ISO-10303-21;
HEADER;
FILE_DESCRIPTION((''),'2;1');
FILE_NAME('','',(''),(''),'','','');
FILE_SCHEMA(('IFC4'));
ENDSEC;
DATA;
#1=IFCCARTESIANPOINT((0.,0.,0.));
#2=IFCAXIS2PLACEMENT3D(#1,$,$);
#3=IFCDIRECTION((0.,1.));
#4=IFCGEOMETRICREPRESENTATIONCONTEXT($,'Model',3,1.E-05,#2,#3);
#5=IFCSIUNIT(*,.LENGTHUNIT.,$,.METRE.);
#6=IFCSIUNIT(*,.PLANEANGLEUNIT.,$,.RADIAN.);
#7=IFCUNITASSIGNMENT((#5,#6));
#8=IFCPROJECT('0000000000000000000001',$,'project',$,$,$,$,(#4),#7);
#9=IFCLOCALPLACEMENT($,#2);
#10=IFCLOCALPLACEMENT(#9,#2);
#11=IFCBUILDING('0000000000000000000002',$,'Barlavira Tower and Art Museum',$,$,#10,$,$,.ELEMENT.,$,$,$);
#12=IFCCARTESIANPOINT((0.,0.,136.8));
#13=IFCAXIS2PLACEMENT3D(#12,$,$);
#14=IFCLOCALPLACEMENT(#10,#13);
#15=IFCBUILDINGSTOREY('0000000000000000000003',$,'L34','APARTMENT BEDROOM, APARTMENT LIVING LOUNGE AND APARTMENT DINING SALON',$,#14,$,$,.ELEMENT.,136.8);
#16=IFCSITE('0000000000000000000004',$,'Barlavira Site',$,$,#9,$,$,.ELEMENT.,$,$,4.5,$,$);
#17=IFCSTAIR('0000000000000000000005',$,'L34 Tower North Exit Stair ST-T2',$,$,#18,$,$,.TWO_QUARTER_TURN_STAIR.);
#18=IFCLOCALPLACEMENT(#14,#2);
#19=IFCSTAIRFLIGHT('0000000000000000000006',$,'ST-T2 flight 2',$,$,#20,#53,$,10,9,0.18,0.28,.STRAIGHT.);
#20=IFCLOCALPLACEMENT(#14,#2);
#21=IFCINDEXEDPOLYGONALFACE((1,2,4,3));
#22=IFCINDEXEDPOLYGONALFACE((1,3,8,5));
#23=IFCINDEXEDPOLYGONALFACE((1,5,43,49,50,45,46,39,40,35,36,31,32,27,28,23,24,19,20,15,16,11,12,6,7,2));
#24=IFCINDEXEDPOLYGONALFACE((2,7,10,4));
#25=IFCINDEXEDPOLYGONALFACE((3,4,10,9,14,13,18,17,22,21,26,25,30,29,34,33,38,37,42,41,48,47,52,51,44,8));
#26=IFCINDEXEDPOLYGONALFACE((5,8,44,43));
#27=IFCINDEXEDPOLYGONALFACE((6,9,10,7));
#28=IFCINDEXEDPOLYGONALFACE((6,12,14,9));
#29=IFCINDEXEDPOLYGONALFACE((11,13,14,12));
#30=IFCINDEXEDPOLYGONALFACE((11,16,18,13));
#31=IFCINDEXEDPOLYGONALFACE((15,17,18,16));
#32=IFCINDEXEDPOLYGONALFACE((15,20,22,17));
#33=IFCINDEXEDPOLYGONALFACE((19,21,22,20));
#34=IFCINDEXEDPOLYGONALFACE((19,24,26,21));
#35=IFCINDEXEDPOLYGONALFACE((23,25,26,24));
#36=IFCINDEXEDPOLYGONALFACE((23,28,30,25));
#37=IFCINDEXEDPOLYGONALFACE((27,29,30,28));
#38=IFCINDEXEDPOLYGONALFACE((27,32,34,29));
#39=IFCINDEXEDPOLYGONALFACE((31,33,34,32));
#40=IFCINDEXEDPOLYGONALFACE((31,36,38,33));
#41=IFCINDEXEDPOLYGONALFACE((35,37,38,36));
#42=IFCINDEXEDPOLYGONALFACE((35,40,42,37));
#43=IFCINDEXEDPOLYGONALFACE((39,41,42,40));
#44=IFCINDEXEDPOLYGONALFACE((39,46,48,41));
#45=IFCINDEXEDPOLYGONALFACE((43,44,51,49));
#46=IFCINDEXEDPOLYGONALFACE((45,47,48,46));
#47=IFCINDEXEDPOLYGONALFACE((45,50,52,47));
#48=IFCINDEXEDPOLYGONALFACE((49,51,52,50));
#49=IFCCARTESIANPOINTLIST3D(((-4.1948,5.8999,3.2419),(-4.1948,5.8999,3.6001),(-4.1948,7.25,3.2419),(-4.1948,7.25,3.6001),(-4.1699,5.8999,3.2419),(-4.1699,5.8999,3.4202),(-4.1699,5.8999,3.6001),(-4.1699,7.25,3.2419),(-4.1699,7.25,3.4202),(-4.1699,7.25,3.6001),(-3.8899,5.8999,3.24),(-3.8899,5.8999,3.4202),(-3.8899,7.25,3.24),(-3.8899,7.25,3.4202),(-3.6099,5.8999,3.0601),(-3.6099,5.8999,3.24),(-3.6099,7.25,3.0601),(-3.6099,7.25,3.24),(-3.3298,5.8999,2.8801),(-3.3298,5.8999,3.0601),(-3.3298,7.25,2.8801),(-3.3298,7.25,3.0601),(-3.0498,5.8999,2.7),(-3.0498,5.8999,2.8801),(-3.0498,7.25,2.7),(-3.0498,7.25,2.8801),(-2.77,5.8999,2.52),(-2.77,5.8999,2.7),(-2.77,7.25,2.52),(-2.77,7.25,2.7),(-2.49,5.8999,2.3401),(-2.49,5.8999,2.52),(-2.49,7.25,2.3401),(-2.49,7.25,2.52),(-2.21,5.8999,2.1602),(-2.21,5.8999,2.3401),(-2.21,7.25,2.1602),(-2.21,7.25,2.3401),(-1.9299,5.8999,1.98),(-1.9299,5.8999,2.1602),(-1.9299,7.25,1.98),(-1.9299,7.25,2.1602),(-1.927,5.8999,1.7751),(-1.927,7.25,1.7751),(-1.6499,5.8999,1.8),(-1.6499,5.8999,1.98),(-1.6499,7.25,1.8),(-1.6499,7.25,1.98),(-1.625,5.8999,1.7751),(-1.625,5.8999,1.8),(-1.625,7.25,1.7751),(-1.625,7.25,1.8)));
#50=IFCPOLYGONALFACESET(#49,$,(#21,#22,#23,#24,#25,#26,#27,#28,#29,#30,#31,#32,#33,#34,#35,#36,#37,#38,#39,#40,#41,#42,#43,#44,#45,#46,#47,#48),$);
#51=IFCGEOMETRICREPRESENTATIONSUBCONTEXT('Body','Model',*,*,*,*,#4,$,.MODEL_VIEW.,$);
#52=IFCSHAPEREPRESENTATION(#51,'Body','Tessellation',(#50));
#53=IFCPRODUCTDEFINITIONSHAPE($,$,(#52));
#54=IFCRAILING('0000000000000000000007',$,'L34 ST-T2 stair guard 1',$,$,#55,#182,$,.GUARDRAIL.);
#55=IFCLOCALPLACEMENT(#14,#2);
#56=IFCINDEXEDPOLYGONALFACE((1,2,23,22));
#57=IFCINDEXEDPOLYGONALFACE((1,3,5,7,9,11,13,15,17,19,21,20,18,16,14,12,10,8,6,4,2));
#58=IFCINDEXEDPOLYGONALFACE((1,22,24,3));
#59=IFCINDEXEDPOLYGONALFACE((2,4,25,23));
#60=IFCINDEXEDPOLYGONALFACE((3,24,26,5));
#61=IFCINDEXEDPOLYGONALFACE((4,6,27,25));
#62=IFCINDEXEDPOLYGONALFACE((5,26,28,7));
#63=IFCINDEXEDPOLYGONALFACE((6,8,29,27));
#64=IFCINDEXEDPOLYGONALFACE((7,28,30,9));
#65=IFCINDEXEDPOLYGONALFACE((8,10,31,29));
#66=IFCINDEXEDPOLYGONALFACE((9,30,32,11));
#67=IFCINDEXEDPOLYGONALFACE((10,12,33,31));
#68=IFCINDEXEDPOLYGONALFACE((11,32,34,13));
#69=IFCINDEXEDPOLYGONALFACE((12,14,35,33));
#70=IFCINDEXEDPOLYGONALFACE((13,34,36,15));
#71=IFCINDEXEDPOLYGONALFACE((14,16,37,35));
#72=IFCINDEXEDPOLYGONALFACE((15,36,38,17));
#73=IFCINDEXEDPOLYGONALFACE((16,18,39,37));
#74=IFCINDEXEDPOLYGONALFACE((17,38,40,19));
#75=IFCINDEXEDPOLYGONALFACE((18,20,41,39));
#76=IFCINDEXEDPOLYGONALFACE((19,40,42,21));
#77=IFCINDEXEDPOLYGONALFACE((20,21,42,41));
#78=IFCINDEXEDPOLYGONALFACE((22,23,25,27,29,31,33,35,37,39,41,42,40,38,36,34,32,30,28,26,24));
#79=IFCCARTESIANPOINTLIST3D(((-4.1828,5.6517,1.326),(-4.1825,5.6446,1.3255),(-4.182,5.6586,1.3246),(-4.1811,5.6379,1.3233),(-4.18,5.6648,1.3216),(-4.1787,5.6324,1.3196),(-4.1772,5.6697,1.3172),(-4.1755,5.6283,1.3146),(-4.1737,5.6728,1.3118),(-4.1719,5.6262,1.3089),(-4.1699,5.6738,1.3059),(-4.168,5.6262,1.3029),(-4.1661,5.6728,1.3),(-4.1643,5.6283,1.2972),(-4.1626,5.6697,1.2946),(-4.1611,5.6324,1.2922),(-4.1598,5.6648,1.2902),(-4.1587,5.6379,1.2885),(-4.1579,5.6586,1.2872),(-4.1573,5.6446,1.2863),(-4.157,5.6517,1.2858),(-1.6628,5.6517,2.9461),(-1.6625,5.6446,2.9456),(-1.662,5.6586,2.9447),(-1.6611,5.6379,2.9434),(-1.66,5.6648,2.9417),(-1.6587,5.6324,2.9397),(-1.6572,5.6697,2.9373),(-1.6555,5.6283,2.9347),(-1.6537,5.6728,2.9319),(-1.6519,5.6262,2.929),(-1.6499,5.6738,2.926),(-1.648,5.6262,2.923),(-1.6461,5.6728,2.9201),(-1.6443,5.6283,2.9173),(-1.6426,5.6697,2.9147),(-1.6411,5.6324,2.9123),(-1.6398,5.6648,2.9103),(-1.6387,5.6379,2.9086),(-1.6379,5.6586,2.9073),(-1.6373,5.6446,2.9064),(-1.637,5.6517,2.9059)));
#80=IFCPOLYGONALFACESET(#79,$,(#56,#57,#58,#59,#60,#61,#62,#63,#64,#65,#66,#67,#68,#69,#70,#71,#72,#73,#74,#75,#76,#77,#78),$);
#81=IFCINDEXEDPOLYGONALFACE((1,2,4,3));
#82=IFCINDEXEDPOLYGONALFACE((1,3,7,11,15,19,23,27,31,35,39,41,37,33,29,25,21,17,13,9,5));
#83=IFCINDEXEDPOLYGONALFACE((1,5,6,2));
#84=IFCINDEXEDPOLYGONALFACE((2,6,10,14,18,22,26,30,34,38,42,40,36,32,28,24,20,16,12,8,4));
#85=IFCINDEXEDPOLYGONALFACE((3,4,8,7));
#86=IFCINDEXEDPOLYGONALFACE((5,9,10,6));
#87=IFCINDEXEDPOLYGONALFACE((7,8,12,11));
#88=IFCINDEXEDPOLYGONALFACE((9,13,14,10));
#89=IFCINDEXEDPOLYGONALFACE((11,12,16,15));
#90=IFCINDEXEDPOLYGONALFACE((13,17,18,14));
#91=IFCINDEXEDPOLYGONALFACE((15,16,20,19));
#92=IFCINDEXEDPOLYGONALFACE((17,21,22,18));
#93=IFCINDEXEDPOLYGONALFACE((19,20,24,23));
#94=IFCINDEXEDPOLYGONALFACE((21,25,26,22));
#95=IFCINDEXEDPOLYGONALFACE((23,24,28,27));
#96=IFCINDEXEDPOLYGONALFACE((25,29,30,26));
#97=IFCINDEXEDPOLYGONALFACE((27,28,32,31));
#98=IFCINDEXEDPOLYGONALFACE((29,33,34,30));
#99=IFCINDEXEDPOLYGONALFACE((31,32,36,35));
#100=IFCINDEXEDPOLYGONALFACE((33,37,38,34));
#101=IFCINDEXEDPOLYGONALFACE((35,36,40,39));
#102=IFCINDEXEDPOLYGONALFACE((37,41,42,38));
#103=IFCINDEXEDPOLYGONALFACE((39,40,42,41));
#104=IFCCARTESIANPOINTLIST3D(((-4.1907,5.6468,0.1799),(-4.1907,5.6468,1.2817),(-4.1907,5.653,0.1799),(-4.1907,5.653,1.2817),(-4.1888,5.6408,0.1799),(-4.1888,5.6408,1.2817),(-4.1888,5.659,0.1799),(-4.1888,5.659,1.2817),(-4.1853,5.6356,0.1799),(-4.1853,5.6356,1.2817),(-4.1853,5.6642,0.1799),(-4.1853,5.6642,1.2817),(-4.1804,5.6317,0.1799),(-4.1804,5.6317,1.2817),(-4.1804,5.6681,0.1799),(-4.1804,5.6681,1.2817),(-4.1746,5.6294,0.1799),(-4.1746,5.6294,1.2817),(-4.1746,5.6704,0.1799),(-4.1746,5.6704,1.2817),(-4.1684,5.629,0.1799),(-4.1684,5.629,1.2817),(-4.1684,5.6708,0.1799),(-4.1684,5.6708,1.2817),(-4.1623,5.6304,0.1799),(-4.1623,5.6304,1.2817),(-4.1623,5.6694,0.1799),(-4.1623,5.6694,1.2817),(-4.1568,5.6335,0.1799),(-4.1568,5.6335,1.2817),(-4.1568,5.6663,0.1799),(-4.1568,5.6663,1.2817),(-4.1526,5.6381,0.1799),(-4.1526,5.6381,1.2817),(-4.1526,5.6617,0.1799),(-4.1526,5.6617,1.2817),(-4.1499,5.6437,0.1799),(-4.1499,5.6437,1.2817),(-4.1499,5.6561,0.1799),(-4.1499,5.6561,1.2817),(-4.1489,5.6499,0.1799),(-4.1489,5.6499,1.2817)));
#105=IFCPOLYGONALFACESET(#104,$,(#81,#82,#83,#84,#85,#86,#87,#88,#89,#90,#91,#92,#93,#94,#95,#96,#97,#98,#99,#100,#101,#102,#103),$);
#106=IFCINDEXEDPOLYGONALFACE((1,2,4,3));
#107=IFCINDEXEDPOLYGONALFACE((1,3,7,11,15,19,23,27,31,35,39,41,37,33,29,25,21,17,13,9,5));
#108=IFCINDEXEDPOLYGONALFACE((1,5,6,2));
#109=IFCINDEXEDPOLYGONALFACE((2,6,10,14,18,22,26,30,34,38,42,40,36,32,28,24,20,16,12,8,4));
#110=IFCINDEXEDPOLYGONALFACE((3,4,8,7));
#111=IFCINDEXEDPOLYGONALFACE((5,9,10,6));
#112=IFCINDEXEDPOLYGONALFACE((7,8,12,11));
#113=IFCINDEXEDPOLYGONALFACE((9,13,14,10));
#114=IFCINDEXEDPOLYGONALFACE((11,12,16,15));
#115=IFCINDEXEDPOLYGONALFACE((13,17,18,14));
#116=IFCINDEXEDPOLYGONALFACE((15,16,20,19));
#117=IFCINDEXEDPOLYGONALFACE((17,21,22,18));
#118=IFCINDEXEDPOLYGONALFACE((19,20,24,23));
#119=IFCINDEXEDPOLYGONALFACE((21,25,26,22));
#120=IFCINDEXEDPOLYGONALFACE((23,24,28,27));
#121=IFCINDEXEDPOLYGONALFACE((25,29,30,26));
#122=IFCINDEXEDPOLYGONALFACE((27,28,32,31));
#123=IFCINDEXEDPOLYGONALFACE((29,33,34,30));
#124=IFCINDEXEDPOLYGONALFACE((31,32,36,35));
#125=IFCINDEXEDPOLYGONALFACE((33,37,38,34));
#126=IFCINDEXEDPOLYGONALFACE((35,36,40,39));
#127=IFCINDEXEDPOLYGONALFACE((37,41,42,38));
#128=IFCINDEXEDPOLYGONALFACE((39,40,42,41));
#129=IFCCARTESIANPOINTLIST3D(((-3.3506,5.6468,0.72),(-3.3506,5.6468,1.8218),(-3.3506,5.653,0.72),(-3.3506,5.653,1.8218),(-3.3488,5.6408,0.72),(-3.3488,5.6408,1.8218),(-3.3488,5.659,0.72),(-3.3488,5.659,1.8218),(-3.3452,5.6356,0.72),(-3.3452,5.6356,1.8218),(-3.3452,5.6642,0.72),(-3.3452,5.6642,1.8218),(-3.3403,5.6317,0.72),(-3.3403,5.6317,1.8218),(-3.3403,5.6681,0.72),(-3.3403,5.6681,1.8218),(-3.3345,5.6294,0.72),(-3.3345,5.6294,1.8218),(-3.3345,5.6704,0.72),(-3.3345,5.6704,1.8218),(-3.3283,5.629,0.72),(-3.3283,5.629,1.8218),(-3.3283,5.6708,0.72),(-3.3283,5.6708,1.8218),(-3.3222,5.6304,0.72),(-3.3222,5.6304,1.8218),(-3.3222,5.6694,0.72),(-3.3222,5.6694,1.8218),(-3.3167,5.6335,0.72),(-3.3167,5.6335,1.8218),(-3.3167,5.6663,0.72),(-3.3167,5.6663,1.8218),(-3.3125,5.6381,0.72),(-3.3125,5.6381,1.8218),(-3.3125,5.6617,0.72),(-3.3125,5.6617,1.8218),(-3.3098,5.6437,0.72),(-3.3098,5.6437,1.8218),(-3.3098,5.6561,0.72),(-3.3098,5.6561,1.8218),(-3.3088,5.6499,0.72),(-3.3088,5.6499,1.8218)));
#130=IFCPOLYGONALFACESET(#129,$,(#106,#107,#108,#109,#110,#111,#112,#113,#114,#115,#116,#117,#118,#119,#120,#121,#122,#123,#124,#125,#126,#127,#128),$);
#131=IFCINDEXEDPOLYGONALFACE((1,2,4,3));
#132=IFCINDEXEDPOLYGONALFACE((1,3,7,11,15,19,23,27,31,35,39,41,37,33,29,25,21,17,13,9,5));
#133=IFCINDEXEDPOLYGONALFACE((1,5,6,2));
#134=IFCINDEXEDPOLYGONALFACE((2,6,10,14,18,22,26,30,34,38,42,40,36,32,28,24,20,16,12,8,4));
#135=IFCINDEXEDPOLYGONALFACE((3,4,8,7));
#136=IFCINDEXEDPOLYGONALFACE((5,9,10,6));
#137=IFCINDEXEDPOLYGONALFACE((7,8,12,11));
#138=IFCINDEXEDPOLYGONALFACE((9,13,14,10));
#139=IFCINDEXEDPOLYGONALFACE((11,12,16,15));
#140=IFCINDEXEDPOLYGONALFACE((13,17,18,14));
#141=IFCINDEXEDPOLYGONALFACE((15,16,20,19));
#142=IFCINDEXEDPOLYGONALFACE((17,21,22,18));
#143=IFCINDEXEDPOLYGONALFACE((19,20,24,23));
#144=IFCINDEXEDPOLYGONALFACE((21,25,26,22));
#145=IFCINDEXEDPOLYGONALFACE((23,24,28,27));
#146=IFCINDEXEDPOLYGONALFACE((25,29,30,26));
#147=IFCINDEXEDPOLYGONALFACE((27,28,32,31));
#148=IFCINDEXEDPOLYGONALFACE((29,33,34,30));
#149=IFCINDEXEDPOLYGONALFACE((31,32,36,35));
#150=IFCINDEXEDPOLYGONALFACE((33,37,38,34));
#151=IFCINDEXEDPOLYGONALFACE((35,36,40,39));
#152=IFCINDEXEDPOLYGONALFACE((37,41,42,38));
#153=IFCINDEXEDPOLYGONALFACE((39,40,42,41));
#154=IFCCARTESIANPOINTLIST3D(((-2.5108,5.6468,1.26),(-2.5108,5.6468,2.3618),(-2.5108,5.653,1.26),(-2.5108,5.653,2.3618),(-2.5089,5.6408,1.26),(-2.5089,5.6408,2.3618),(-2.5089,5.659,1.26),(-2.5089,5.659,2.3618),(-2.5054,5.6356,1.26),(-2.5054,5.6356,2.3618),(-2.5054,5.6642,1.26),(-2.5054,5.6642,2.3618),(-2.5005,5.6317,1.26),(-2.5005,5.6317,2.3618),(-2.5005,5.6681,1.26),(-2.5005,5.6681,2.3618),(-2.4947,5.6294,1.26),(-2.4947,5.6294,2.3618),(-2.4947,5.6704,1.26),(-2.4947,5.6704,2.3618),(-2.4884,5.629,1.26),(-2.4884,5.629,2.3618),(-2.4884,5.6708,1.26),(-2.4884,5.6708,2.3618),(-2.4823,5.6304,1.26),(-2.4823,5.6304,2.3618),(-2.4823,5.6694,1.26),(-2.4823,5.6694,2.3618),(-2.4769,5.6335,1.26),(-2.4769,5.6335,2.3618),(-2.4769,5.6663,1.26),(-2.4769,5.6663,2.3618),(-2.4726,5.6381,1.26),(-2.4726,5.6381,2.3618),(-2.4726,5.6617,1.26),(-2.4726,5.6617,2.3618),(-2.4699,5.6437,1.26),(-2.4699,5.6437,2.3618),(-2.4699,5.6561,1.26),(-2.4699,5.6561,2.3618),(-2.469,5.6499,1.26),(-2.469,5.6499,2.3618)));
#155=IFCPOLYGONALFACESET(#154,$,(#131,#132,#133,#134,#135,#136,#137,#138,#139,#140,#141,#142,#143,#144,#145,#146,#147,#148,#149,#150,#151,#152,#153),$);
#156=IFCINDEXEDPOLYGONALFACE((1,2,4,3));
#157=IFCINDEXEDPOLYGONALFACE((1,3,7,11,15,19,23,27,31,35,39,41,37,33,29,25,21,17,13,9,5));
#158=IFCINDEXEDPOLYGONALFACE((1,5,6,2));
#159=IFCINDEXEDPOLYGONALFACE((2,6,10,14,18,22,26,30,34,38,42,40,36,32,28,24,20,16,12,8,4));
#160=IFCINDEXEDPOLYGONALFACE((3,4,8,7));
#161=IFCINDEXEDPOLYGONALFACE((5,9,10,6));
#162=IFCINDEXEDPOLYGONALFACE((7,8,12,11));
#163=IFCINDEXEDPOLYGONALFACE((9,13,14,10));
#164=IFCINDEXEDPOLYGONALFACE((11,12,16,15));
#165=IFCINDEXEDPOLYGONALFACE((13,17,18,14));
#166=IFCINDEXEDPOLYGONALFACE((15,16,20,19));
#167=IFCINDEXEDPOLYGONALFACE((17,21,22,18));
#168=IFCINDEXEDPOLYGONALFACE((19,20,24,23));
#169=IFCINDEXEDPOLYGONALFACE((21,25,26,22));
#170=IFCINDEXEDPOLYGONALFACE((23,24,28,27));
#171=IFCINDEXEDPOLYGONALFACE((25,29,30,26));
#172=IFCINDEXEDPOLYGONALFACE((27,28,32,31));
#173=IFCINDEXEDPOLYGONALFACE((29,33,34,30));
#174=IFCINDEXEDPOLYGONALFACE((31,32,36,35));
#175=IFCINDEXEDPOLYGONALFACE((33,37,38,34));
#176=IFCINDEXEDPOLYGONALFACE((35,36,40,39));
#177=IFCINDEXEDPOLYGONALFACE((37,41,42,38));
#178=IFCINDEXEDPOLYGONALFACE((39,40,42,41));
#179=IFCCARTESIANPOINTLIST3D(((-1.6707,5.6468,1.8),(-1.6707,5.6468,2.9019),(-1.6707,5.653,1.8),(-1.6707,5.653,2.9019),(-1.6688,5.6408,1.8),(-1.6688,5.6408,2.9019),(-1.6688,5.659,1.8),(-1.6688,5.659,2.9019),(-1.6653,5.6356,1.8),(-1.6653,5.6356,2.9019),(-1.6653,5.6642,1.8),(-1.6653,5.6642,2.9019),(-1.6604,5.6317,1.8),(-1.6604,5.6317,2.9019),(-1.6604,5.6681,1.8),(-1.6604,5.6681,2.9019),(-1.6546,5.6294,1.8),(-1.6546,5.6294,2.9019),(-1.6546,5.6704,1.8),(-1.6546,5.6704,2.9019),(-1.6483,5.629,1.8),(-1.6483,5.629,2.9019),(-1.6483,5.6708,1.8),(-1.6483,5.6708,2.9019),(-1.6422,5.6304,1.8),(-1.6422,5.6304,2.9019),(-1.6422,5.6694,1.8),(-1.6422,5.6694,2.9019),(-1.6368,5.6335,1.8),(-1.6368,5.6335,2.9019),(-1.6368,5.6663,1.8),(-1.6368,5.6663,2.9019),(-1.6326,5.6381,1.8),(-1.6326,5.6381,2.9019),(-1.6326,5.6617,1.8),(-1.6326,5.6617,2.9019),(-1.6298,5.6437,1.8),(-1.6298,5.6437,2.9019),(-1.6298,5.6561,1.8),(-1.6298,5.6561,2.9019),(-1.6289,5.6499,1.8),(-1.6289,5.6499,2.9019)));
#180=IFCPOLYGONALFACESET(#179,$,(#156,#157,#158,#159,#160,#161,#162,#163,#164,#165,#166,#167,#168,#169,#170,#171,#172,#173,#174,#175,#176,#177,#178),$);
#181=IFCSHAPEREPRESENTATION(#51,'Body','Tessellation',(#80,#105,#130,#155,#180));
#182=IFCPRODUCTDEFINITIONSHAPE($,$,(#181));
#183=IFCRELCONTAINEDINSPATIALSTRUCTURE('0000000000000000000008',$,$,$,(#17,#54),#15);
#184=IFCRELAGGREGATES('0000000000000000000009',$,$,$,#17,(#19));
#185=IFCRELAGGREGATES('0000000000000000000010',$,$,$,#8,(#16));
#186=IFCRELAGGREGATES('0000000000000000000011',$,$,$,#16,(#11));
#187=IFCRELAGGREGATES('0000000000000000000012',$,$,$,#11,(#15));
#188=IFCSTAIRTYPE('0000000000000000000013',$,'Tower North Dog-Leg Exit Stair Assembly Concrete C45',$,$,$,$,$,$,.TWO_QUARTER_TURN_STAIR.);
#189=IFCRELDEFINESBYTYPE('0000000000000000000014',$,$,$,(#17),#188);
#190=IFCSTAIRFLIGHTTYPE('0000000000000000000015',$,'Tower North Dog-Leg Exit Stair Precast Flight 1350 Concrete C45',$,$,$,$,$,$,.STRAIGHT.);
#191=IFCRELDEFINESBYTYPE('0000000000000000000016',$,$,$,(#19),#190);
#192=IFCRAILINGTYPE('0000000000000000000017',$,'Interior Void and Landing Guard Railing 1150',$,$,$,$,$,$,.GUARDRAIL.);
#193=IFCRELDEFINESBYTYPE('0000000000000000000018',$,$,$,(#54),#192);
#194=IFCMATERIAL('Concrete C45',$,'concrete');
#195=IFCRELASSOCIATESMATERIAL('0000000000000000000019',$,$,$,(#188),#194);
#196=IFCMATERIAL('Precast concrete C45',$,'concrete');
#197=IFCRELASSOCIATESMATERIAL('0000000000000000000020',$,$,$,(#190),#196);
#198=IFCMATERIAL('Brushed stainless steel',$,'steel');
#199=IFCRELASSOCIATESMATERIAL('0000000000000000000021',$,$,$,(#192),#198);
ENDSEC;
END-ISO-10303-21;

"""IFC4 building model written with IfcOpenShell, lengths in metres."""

from ifc_helpers import new_model, si_unit, direction, frame, origin, origin_2d, place, context, subcontext, project, spatial, polyline, circle, outline, extrude, material, type_object, element, aggregate, save


model = new_model("IFC4")

# Units and contexts
model_context = context("Model", 3, precision=1e-05, world=origin(), true_north=direction((0.0, 1.0)))
body_context = subcontext(model_context, "Body", "Model", "MODEL_VIEW")
ifc_project = project(units=[si_unit("LENGTHUNIT", "METRE"), si_unit("PLANEANGLEUNIT", "RADIAN")], contexts=[model_context])

# Site, building, storey
site_placement = place(None, origin())
site = spatial("IfcSite", under=ifc_project, at=site_placement, Name="Barlavira Site", CompositionType="ELEMENT", RefElevation=4.5)
building_placement = place(site_placement, origin())
building = spatial("IfcBuilding", under=site, at=building_placement, Name="Barlavira Tower and Art Museum", CompositionType="ELEMENT")
storey_placement = place(building_placement, frame((0.0, 0.0, 136.8)))
storey = spatial("IfcBuildingStorey", under=building, at=storey_placement, Name="L34", Description="APARTMENT BEDROOM, APARTMENT LIVING LOUNGE AND APARTMENT DINING SALON", CompositionType="ELEMENT", Elevation=136.8)

# Shared definitions
ifc_material_1 = material(Name="Brushed stainless steel", Category="steel")

# Stair, stair flight
ifc_material_2 = material(Name="Concrete C45", Category="concrete")
stair_type = type_object("IfcStairType", Name="Tower North Dog-Leg Exit Stair Assembly Concrete C45", PredefinedType="TWO_QUARTER_TURN_STAIR", material=ifc_material_2)
stair_placement = place(storey_placement, origin())
stair = element("IfcStair", 1, at=stair_placement, inside=storey, type_object=stair_type, Name="L34 Tower North Exit Stair ST-T2", PredefinedType="TWO_QUARTER_TURN_STAIR")
ifc_material_3 = material(Name="Precast concrete C45", Category="concrete")
stair_flight_type = type_object("IfcStairFlightType", Name="Tower North Dog-Leg Exit Stair Precast Flight 1350 Concrete C45", PredefinedType="STRAIGHT", material=ifc_material_3)
stair_flight_1_placement = place(storey_placement, frame((-1.6499, 6.575, 1.8), z_axis=(0.0, 0.0, 1.0), x_axis=(-1.0, 0.0, 0.0)))
stair_flight_1 = element("IfcStairFlight", 2, at=stair_flight_1_placement, type_object=stair_flight_type, Name="ST-T2 flight 2", NumberOfRisers=10, NumberOfTreads=9, PredefinedType="STRAIGHT", RiserHeight=0.18, TreadLength=0.28, context=body_context, shape_type="SweptSolid", body=[
    extrude(outline(polyline([(-0.0249, 0.0), (0.0, 0.0), (0.0, 0.1799), (0.28, 0.1799), (0.28, 0.3601), (0.5601, 0.3601), (0.5601, 0.54), (0.8401, 0.54), (0.8401, 0.72), (1.1201, 0.72), (1.1201, 0.8999), (1.3999, 0.8999), (1.3999, 1.0801), (1.6799, 1.0801), (1.6799, 1.26), (1.96, 1.26), (1.96, 1.4399), (2.24, 1.4399), (2.24, 1.6201), (2.52, 1.6201), (2.52, 1.8), (2.5449, 1.8), (2.5449, 1.4419), (2.52, 1.4419), (0.2771, -0.0249), (-0.0249, -0.0249), (-0.0249, 0.0)])), frame((0.0, 0.675, 0.0), z_axis=(0.0, -1.0, 0.0), x_axis=(1.0, 0.0, 0.0)), (0.0, 0.0, 1.0), 1.3501),
])
aggregate(stair, [stair_flight_1])

# Railing
railing_type_1 = type_object("IfcRailingType", Name="Interior Void and Landing Guard Railing 1150", PredefinedType="GUARDRAIL", material=ifc_material_1)
railing_1_placement = place(storey_placement, frame((-4.1699, 5.6499, 0.1799)))
element("IfcRailing", 3, at=railing_1_placement, inside=storey, type_object=railing_type_1, Name="L34 ST-T2 stair guard 1", PredefinedType="GUARDRAIL", context=body_context, shape_type="SweptSolid", body=[
    extrude(circle(Radius=0.0239, at=origin_2d()), frame((0.0, 0.0, 1.126), z_axis=(0.841163, 0.0, 0.540782), x_axis=(0.0, 1.0, 0.0)), (0.0, 0.0, 1.0), 2.9958),
    extrude(circle(Radius=0.021, at=origin_2d()), origin(), (0.0, 0.0, 1.0), 1.1018),
    extrude(circle(Radius=0.021, at=origin_2d()), frame((0.8401, 0.0, 0.54)), (0.0, 0.0, 1.0), 1.1018),
    extrude(circle(Radius=0.021, at=origin_2d()), frame((1.6799, 0.0, 1.0801)), (0.0, 0.0, 1.0), 1.1018),
    extrude(circle(Radius=0.021, at=origin_2d()), frame((2.52, 0.0, 1.6201)), (0.0, 0.0, 1.0), 1.1018),
])

save(model, "model.ifc")
